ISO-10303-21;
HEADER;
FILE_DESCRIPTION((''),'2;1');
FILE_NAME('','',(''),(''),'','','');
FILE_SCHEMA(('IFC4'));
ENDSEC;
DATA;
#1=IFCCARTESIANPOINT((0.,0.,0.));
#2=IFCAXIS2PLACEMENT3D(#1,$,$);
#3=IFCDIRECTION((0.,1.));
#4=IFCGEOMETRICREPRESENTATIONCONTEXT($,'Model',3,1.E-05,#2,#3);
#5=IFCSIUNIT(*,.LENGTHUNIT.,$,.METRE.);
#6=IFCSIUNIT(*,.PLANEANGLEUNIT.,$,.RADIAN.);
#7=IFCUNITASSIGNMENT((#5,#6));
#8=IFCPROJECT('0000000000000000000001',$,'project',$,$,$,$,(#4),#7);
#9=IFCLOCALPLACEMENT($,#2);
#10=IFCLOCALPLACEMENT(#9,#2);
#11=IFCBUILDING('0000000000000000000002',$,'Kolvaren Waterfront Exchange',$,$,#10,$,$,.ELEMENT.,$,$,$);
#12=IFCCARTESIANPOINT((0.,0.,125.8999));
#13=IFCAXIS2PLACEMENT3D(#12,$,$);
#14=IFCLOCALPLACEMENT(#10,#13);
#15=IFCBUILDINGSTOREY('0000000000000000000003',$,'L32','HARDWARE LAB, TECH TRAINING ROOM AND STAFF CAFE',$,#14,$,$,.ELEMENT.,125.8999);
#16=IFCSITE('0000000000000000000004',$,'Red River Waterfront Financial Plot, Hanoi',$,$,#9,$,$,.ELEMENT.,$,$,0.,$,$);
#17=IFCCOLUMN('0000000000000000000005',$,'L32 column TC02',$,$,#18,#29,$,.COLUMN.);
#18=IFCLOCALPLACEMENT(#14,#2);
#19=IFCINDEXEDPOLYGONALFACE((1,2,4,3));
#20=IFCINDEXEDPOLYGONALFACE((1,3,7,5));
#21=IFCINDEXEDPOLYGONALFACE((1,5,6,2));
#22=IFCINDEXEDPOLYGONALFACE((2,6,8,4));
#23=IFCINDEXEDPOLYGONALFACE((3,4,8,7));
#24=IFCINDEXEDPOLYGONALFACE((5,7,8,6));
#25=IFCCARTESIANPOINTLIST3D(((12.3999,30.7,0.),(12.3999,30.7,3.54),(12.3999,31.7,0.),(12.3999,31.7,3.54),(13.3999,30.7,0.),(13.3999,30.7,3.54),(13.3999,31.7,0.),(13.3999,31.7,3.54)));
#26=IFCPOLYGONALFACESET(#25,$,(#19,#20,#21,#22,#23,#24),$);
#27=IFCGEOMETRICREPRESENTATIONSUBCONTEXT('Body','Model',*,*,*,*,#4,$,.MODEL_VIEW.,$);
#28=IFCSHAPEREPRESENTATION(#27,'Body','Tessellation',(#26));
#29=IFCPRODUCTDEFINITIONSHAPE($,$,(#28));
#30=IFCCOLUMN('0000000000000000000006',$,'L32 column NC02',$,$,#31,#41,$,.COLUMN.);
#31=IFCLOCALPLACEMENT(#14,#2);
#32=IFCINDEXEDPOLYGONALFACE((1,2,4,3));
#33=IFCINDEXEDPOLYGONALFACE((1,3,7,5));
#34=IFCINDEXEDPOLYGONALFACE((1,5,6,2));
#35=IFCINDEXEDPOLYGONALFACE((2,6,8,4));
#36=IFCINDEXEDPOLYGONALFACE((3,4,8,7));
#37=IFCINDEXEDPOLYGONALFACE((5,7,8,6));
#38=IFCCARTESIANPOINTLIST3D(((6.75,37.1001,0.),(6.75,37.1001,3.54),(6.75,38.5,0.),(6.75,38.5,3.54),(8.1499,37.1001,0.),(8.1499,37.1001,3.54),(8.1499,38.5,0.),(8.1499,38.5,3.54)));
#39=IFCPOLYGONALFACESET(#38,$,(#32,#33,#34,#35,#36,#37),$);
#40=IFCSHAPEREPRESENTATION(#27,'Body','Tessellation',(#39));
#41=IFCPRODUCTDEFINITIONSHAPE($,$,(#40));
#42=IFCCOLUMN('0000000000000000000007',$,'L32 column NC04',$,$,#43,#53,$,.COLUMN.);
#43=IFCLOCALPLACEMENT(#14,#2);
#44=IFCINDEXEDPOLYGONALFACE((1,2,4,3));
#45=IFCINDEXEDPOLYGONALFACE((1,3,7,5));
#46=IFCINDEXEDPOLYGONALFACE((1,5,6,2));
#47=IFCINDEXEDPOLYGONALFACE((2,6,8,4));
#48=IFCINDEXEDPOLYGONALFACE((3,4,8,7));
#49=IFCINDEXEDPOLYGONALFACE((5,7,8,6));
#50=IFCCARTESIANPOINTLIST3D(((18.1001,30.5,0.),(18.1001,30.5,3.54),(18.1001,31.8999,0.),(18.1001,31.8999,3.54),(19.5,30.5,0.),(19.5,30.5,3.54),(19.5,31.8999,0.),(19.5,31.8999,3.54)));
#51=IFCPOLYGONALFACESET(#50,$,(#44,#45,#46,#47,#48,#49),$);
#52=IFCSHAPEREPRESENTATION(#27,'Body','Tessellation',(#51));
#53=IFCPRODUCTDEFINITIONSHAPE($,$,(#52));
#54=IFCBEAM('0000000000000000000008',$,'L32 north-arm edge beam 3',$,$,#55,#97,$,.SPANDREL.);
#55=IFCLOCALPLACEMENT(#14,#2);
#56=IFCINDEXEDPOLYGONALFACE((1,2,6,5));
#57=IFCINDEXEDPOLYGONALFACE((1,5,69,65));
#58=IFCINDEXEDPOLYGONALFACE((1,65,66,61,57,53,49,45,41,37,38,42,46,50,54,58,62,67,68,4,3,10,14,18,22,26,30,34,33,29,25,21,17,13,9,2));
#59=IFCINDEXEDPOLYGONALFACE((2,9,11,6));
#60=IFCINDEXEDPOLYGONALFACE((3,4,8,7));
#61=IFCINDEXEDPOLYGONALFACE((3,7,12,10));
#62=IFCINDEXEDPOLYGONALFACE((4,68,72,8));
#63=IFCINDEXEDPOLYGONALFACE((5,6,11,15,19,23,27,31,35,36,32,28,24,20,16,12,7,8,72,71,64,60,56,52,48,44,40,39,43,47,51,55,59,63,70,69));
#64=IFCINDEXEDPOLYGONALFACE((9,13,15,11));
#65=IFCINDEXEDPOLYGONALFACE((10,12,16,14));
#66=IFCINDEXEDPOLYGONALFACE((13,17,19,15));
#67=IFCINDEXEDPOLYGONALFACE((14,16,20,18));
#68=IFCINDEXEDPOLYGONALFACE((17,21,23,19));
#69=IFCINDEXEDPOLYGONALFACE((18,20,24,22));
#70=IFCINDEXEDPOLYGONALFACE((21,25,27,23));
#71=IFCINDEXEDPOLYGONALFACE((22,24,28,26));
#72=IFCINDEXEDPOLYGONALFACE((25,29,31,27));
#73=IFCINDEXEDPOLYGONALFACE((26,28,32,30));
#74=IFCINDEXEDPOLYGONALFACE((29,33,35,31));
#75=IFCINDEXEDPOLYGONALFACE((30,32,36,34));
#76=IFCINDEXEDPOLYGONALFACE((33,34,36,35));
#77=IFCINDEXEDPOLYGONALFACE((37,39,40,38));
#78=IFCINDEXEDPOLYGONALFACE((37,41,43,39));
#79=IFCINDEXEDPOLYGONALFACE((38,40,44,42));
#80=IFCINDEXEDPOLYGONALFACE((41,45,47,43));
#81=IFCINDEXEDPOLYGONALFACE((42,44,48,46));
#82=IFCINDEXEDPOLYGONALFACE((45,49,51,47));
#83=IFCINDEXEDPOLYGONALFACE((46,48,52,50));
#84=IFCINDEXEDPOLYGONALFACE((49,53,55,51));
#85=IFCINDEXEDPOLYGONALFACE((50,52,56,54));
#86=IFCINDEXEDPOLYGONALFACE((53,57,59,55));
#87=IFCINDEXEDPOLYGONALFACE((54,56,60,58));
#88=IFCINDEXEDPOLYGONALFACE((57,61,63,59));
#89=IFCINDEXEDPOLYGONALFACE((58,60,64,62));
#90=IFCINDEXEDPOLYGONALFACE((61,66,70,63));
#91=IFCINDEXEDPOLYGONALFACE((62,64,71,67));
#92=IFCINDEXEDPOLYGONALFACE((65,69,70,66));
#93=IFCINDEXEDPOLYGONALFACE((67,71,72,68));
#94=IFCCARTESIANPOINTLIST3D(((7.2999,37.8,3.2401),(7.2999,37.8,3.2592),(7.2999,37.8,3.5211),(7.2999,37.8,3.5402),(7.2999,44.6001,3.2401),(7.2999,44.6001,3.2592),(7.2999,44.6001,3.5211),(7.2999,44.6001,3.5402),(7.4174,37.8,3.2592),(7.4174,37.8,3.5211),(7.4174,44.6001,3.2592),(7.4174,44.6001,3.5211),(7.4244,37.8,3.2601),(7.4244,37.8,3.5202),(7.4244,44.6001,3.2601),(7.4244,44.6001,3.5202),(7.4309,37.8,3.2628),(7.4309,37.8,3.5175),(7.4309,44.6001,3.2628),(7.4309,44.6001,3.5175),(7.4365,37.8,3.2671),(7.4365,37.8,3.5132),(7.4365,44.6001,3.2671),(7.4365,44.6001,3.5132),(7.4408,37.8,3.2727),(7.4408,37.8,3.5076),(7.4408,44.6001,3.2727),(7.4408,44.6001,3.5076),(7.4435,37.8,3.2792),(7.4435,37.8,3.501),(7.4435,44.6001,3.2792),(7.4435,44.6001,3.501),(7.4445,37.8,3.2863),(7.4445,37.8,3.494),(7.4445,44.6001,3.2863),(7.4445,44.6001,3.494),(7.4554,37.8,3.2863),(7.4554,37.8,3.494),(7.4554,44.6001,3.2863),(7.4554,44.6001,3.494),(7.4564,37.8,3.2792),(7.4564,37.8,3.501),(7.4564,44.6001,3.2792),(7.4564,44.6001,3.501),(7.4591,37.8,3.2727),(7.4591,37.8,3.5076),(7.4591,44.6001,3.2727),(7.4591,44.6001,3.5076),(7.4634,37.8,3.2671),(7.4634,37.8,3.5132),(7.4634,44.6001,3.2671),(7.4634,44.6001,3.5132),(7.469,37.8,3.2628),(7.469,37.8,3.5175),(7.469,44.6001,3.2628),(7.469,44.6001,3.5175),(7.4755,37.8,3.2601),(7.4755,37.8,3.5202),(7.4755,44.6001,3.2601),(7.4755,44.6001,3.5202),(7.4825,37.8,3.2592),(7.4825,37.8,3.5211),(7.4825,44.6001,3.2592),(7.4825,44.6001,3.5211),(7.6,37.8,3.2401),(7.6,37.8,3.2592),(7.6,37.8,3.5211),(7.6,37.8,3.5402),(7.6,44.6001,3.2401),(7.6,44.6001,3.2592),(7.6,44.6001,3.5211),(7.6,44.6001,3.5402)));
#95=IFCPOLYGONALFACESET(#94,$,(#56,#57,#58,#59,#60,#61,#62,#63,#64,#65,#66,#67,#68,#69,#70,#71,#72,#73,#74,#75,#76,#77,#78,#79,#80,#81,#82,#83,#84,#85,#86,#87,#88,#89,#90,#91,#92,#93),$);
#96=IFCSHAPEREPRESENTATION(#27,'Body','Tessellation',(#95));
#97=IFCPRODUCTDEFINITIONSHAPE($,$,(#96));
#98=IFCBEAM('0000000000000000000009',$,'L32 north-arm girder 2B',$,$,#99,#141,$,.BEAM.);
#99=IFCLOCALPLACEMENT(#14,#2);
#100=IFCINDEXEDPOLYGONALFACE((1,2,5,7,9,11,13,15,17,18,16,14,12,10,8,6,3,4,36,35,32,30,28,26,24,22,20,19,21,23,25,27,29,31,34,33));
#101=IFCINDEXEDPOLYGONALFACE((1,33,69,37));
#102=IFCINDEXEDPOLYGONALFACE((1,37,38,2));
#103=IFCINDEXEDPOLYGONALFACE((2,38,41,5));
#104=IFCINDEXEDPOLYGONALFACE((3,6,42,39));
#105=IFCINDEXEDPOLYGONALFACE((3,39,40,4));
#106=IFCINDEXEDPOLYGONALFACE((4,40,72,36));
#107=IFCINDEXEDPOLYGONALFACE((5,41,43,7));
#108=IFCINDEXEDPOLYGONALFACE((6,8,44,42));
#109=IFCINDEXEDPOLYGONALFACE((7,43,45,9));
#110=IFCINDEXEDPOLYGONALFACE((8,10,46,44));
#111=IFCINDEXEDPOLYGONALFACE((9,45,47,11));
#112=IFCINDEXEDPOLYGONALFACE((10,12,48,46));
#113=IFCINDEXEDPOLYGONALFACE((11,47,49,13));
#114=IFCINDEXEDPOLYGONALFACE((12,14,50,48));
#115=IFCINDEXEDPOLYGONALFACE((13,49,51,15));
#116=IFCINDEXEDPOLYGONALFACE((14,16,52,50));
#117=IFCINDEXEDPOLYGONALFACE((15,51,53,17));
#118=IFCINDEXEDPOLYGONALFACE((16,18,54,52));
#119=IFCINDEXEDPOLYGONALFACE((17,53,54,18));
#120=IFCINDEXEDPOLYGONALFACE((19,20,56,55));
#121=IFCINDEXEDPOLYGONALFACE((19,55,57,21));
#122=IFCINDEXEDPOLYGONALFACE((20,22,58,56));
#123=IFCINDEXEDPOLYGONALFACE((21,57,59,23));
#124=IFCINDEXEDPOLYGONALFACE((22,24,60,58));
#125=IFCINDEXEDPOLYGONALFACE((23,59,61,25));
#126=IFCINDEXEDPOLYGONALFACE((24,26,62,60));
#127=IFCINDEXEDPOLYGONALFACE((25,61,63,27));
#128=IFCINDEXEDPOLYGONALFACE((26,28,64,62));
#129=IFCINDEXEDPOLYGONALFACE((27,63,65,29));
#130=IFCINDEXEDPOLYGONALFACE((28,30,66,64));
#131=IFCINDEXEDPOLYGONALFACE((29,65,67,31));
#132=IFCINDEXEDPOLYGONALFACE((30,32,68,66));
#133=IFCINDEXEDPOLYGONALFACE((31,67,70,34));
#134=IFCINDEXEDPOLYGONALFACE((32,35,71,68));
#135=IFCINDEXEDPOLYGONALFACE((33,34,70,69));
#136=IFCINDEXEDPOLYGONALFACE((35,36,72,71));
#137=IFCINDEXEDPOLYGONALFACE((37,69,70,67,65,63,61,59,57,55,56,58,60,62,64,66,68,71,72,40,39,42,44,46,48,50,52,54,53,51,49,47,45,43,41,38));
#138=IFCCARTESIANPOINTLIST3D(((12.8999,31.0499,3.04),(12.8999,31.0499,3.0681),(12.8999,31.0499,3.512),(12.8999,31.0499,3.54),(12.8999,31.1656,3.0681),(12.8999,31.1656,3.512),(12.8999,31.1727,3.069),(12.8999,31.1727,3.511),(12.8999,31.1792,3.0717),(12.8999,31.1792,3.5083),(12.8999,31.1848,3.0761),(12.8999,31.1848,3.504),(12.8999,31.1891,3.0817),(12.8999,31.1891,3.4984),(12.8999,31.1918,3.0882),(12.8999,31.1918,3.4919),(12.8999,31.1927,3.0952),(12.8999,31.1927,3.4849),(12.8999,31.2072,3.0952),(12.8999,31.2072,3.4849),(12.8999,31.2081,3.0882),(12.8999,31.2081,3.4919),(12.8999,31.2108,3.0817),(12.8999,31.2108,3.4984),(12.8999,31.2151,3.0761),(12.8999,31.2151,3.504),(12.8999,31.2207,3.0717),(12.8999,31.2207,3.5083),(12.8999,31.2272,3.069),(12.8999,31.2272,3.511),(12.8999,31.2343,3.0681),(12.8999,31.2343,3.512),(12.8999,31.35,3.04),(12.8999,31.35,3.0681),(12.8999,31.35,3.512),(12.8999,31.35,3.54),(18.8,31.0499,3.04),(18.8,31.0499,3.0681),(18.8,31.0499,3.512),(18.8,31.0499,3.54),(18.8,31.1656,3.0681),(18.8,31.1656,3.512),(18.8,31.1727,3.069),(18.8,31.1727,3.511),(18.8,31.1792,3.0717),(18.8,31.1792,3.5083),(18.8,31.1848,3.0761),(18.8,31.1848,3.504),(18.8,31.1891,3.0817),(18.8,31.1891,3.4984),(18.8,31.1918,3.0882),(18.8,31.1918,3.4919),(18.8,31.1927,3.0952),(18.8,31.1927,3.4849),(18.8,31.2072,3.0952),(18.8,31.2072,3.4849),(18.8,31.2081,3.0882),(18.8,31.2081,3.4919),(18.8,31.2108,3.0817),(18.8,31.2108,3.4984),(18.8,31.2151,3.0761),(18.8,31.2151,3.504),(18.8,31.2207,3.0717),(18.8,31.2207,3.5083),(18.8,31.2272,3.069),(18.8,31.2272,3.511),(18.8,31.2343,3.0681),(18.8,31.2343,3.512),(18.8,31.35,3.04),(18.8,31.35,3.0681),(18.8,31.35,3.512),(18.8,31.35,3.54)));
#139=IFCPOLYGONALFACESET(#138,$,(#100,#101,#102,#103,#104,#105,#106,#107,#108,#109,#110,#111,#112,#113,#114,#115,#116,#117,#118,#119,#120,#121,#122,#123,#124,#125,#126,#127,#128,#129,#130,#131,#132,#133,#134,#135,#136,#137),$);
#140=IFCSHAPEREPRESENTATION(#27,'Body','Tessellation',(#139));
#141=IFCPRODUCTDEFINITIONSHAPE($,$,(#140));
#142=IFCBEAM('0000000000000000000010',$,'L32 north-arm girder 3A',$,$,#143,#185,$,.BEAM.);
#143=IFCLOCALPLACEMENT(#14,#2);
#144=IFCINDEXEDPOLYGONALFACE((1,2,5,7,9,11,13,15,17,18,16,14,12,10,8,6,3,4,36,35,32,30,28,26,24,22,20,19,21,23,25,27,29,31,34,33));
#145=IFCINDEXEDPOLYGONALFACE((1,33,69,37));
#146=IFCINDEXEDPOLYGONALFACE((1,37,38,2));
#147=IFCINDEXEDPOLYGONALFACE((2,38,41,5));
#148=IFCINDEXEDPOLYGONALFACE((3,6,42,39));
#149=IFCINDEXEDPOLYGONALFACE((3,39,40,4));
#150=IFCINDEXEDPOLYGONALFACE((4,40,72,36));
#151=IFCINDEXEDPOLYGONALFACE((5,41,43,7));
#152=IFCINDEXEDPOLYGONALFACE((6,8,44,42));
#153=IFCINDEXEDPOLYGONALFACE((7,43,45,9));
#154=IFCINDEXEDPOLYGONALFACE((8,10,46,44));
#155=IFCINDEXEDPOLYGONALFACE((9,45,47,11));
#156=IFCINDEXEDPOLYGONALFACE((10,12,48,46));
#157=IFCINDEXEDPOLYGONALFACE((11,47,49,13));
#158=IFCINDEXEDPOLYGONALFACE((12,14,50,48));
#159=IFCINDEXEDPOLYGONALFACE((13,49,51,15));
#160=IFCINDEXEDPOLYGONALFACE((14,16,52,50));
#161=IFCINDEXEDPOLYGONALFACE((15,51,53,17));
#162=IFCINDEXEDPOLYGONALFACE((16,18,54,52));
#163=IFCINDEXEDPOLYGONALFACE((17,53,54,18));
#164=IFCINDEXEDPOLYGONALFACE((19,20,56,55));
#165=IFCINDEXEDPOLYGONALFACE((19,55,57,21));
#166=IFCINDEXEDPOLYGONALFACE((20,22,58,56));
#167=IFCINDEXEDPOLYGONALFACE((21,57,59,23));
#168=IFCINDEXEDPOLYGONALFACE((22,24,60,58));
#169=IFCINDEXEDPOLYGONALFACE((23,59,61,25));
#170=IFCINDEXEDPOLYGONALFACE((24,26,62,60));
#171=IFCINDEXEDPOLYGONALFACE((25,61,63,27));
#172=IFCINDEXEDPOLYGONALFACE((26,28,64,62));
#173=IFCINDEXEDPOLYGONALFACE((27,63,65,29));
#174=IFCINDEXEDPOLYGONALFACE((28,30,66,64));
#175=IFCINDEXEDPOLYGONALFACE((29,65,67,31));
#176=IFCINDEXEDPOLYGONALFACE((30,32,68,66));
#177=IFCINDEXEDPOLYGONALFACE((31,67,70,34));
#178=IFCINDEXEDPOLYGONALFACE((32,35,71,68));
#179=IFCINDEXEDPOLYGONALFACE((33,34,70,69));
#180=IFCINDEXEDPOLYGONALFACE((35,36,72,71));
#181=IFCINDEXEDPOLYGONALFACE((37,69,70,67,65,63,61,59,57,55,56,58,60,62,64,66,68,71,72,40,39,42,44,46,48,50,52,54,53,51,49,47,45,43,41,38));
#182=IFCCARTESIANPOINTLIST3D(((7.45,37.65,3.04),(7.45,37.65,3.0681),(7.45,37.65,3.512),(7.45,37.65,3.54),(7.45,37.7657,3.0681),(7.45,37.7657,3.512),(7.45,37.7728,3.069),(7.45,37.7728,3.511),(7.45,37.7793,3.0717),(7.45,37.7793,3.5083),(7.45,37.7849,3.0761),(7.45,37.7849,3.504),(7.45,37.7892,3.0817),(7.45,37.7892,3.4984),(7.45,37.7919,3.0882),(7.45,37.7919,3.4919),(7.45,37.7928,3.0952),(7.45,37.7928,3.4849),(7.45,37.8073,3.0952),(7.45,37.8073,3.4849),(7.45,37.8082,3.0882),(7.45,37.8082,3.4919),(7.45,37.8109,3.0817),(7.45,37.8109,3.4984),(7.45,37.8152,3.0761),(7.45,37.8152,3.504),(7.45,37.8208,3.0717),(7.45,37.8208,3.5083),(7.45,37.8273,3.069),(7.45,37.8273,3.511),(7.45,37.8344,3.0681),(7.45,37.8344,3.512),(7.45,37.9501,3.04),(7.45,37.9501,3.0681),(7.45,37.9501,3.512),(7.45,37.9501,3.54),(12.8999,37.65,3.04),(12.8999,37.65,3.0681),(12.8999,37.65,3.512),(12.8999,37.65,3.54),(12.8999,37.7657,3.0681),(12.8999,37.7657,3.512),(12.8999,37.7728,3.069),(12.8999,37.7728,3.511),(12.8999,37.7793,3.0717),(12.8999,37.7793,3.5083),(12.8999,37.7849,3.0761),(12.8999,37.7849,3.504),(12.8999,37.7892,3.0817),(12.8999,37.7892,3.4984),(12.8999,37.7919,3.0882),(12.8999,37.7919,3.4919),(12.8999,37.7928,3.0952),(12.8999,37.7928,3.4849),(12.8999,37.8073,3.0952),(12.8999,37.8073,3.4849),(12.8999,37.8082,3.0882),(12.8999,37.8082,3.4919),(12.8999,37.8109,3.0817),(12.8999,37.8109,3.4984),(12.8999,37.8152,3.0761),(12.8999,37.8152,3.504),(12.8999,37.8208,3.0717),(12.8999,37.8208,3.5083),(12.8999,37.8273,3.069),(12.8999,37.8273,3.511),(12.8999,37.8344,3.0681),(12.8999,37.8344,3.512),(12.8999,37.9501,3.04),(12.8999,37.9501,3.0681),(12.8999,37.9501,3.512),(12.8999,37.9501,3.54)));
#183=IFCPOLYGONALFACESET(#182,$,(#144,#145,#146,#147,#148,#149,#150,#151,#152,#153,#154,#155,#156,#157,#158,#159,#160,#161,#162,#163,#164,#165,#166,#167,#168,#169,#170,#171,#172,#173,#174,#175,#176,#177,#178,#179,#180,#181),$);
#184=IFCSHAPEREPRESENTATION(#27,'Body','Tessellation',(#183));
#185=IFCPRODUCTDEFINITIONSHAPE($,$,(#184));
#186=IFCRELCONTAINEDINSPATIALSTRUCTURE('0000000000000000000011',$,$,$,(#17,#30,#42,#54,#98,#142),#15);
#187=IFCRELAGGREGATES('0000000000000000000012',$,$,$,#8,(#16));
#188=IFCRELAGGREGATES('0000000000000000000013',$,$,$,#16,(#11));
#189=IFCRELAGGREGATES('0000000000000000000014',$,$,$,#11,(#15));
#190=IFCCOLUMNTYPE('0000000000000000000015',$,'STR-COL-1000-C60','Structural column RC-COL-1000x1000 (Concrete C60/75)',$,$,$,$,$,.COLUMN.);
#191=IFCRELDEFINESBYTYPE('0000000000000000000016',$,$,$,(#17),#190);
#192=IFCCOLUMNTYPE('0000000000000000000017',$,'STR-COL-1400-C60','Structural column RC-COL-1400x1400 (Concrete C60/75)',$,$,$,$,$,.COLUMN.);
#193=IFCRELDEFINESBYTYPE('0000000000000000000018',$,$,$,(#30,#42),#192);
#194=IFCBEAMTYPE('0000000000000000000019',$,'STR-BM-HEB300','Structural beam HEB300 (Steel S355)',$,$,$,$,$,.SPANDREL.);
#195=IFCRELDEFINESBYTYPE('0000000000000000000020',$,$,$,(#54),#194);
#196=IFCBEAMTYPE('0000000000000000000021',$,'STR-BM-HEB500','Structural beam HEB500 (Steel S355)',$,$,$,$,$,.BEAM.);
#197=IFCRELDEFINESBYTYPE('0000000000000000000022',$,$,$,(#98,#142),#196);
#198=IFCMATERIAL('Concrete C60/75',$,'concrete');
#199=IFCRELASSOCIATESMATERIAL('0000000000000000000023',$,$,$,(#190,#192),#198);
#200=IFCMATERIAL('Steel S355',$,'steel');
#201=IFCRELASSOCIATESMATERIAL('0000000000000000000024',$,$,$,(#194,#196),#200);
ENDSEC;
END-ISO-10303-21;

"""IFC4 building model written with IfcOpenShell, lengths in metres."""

from ifc_helpers import new_model, si_unit, direction, frame, origin, origin_2d, place, context, subcontext, project, spatial, rectangle, i_section, extrude, material, material_profile, profile_set, type_object, element, save


model = new_model("IFC4")

# Units and contexts
model_context = context("Model", 3, precision=1e-05, world=origin(), true_north=direction((0.0, 1.0)))
body_context = subcontext(model_context, "Body", "Model", "MODEL_VIEW")
ifc_project = project(units=[si_unit("LENGTHUNIT", "METRE"), si_unit("PLANEANGLEUNIT", "RADIAN")], contexts=[model_context])

# Site, building, storey
site_placement = place(None, origin())
site = spatial("IfcSite", under=ifc_project, at=site_placement, Name="Red River Waterfront Financial Plot, Hanoi", CompositionType="ELEMENT", RefElevation=0.0)
building_placement = place(site_placement, origin())
building = spatial("IfcBuilding", under=site, at=building_placement, Name="Kolvaren Waterfront Exchange", CompositionType="ELEMENT")
storey_placement = place(building_placement, frame((0.0, 0.0, 125.8999)))
storey = spatial("IfcBuildingStorey", under=building, at=storey_placement, Name="L32", Description="HARDWARE LAB, TECH TRAINING ROOM AND STAFF CAFE", CompositionType="ELEMENT", Elevation=125.8999)

# Columns
ifc_material_1 = material(Name="Concrete C60/75", Category="concrete")
ifc_material_profile_1 = material_profile(ifc_material_1, rectangle(XDim=1.0, YDim=1.0, at=origin_2d()), Name="RC-COL-1000x1000")
ifc_profile_set_1 = profile_set([ifc_material_profile_1], Name="Concrete C60/75")
column_type_1 = type_object("IfcColumnType", Name="STR-COL-1000-C60", Description="Structural column RC-COL-1000x1000 (Concrete C60/75)", PredefinedType="COLUMN", material=ifc_profile_set_1)
column_placement = place(storey_placement, frame((12.8999, 31.2, 0.0), z_axis=(0.0, 0.0, 1.0), x_axis=(1.0, 0.0, 0.0)))
element("IfcColumn", 1, at=column_placement, inside=storey, type_object=column_type_1, Name="L32 column TC02", PredefinedType="COLUMN", context=body_context, shape_type="SweptSolid", body=[
    extrude(rectangle(XDim=1.0, YDim=1.0, at=origin_2d()), origin(), (0.0, 0.0, 1.0), 3.54),
])
ifc_material_profile_2 = material_profile(ifc_material_1, rectangle(XDim=1.3999, YDim=1.3999, at=origin_2d()), Name="RC-COL-1400x1400")
ifc_profile_set_2 = profile_set([ifc_material_profile_2], Name="Concrete C60/75")
column_type_2 = type_object("IfcColumnType", Name="STR-COL-1400-C60", Description="Structural column RC-COL-1400x1400 (Concrete C60/75)", PredefinedType="COLUMN", material=ifc_profile_set_2)
for number, where, z_axis, x_axis, name in (
    (2, (7.45, 37.8, 0.0), (0.0, 0.0, 1.0), (1.0, 0.0, 0.0), "L32 column NC02"),
    (3, (18.8, 31.2, 0.0), (0.0, 0.0, 1.0), (1.0, 0.0, 0.0), "L32 column NC04"),
):
    element("IfcColumn", number, at=place(storey_placement, frame(where, z_axis=z_axis, x_axis=x_axis)), inside=storey, type_object=column_type_2, Name=name, PredefinedType="COLUMN", context=body_context, shape_type="SweptSolid", body=[
        extrude(rectangle(XDim=1.3999, YDim=1.3999, at=origin_2d()), origin(), (0.0, 0.0, 1.0), 3.54),
    ])

# Beams
ifc_material_2 = material(Name="Steel S355", Category="steel")
ifc_material_profile_3 = material_profile(ifc_material_2, i_section(OverallWidth=0.3, OverallDepth=0.3, WebThickness=0.011, FlangeThickness=0.019, FilletRadius=0.0271, at=origin_2d()), Name="HEB300")
ifc_profile_set_3 = profile_set([ifc_material_profile_3], Name="Steel S355")
beam_type_1 = type_object("IfcBeamType", Name="STR-BM-HEB300", Description="Structural beam HEB300 (Steel S355)", PredefinedType="SPANDREL", material=ifc_profile_set_3)
beam_1_placement = place(storey_placement, frame((7.45, 37.8, 3.3901), z_axis=(0.0, 1.0, 0.0), x_axis=(-1.0, 0.0, 0.0)))
element("IfcBeam", 4, at=beam_1_placement, inside=storey, type_object=beam_type_1, Name="L32 north-arm edge beam 3", PredefinedType="SPANDREL", context=body_context, shape_type="SweptSolid", body=[
    extrude(i_section(OverallWidth=0.3, OverallDepth=0.3, WebThickness=0.011, FlangeThickness=0.019, FilletRadius=0.0271, at=origin_2d()), origin(), (0.0, 0.0, 1.0), 6.8),
])
ifc_material_profile_4 = material_profile(ifc_material_2, i_section(OverallWidth=0.3, OverallDepth=0.5, WebThickness=0.0144, FlangeThickness=0.0281, FilletRadius=0.0271, at=origin_2d()), Name="HEB500")
ifc_profile_set_4 = profile_set([ifc_material_profile_4], Name="Steel S355")
beam_type_2 = type_object("IfcBeamType", Name="STR-BM-HEB500", Description="Structural beam HEB500 (Steel S355)", PredefinedType="BEAM", material=ifc_profile_set_4)
beam_2_placement = place(storey_placement, frame((12.8999, 31.2, 3.29), z_axis=(1.0, 0.0, 0.0), x_axis=(0.0, 1.0, 0.0)))
element("IfcBeam", 5, at=beam_2_placement, inside=storey, type_object=beam_type_2, Name="L32 north-arm girder 2B", PredefinedType="BEAM", context=body_context, shape_type="SweptSolid", body=[
    extrude(i_section(OverallWidth=0.3, OverallDepth=0.5, WebThickness=0.0144, FlangeThickness=0.0281, FilletRadius=0.0271, at=origin_2d()), origin(), (0.0, 0.0, 1.0), 5.9001),
])
beam_3_placement = place(storey_placement, frame((7.45, 37.8, 3.29), z_axis=(1.0, 0.0, 0.0), x_axis=(0.0, 1.0, 0.0)))
element("IfcBeam", 6, at=beam_3_placement, inside=storey, type_object=beam_type_2, Name="L32 north-arm girder 3A", PredefinedType="BEAM", context=body_context, shape_type="SweptSolid", body=[
    extrude(i_section(OverallWidth=0.3, OverallDepth=0.5, WebThickness=0.0144, FlangeThickness=0.0281, FilletRadius=0.0271, at=origin_2d()), origin(), (0.0, 0.0, 1.0), 5.45),
])

save(model, "model.ifc")
